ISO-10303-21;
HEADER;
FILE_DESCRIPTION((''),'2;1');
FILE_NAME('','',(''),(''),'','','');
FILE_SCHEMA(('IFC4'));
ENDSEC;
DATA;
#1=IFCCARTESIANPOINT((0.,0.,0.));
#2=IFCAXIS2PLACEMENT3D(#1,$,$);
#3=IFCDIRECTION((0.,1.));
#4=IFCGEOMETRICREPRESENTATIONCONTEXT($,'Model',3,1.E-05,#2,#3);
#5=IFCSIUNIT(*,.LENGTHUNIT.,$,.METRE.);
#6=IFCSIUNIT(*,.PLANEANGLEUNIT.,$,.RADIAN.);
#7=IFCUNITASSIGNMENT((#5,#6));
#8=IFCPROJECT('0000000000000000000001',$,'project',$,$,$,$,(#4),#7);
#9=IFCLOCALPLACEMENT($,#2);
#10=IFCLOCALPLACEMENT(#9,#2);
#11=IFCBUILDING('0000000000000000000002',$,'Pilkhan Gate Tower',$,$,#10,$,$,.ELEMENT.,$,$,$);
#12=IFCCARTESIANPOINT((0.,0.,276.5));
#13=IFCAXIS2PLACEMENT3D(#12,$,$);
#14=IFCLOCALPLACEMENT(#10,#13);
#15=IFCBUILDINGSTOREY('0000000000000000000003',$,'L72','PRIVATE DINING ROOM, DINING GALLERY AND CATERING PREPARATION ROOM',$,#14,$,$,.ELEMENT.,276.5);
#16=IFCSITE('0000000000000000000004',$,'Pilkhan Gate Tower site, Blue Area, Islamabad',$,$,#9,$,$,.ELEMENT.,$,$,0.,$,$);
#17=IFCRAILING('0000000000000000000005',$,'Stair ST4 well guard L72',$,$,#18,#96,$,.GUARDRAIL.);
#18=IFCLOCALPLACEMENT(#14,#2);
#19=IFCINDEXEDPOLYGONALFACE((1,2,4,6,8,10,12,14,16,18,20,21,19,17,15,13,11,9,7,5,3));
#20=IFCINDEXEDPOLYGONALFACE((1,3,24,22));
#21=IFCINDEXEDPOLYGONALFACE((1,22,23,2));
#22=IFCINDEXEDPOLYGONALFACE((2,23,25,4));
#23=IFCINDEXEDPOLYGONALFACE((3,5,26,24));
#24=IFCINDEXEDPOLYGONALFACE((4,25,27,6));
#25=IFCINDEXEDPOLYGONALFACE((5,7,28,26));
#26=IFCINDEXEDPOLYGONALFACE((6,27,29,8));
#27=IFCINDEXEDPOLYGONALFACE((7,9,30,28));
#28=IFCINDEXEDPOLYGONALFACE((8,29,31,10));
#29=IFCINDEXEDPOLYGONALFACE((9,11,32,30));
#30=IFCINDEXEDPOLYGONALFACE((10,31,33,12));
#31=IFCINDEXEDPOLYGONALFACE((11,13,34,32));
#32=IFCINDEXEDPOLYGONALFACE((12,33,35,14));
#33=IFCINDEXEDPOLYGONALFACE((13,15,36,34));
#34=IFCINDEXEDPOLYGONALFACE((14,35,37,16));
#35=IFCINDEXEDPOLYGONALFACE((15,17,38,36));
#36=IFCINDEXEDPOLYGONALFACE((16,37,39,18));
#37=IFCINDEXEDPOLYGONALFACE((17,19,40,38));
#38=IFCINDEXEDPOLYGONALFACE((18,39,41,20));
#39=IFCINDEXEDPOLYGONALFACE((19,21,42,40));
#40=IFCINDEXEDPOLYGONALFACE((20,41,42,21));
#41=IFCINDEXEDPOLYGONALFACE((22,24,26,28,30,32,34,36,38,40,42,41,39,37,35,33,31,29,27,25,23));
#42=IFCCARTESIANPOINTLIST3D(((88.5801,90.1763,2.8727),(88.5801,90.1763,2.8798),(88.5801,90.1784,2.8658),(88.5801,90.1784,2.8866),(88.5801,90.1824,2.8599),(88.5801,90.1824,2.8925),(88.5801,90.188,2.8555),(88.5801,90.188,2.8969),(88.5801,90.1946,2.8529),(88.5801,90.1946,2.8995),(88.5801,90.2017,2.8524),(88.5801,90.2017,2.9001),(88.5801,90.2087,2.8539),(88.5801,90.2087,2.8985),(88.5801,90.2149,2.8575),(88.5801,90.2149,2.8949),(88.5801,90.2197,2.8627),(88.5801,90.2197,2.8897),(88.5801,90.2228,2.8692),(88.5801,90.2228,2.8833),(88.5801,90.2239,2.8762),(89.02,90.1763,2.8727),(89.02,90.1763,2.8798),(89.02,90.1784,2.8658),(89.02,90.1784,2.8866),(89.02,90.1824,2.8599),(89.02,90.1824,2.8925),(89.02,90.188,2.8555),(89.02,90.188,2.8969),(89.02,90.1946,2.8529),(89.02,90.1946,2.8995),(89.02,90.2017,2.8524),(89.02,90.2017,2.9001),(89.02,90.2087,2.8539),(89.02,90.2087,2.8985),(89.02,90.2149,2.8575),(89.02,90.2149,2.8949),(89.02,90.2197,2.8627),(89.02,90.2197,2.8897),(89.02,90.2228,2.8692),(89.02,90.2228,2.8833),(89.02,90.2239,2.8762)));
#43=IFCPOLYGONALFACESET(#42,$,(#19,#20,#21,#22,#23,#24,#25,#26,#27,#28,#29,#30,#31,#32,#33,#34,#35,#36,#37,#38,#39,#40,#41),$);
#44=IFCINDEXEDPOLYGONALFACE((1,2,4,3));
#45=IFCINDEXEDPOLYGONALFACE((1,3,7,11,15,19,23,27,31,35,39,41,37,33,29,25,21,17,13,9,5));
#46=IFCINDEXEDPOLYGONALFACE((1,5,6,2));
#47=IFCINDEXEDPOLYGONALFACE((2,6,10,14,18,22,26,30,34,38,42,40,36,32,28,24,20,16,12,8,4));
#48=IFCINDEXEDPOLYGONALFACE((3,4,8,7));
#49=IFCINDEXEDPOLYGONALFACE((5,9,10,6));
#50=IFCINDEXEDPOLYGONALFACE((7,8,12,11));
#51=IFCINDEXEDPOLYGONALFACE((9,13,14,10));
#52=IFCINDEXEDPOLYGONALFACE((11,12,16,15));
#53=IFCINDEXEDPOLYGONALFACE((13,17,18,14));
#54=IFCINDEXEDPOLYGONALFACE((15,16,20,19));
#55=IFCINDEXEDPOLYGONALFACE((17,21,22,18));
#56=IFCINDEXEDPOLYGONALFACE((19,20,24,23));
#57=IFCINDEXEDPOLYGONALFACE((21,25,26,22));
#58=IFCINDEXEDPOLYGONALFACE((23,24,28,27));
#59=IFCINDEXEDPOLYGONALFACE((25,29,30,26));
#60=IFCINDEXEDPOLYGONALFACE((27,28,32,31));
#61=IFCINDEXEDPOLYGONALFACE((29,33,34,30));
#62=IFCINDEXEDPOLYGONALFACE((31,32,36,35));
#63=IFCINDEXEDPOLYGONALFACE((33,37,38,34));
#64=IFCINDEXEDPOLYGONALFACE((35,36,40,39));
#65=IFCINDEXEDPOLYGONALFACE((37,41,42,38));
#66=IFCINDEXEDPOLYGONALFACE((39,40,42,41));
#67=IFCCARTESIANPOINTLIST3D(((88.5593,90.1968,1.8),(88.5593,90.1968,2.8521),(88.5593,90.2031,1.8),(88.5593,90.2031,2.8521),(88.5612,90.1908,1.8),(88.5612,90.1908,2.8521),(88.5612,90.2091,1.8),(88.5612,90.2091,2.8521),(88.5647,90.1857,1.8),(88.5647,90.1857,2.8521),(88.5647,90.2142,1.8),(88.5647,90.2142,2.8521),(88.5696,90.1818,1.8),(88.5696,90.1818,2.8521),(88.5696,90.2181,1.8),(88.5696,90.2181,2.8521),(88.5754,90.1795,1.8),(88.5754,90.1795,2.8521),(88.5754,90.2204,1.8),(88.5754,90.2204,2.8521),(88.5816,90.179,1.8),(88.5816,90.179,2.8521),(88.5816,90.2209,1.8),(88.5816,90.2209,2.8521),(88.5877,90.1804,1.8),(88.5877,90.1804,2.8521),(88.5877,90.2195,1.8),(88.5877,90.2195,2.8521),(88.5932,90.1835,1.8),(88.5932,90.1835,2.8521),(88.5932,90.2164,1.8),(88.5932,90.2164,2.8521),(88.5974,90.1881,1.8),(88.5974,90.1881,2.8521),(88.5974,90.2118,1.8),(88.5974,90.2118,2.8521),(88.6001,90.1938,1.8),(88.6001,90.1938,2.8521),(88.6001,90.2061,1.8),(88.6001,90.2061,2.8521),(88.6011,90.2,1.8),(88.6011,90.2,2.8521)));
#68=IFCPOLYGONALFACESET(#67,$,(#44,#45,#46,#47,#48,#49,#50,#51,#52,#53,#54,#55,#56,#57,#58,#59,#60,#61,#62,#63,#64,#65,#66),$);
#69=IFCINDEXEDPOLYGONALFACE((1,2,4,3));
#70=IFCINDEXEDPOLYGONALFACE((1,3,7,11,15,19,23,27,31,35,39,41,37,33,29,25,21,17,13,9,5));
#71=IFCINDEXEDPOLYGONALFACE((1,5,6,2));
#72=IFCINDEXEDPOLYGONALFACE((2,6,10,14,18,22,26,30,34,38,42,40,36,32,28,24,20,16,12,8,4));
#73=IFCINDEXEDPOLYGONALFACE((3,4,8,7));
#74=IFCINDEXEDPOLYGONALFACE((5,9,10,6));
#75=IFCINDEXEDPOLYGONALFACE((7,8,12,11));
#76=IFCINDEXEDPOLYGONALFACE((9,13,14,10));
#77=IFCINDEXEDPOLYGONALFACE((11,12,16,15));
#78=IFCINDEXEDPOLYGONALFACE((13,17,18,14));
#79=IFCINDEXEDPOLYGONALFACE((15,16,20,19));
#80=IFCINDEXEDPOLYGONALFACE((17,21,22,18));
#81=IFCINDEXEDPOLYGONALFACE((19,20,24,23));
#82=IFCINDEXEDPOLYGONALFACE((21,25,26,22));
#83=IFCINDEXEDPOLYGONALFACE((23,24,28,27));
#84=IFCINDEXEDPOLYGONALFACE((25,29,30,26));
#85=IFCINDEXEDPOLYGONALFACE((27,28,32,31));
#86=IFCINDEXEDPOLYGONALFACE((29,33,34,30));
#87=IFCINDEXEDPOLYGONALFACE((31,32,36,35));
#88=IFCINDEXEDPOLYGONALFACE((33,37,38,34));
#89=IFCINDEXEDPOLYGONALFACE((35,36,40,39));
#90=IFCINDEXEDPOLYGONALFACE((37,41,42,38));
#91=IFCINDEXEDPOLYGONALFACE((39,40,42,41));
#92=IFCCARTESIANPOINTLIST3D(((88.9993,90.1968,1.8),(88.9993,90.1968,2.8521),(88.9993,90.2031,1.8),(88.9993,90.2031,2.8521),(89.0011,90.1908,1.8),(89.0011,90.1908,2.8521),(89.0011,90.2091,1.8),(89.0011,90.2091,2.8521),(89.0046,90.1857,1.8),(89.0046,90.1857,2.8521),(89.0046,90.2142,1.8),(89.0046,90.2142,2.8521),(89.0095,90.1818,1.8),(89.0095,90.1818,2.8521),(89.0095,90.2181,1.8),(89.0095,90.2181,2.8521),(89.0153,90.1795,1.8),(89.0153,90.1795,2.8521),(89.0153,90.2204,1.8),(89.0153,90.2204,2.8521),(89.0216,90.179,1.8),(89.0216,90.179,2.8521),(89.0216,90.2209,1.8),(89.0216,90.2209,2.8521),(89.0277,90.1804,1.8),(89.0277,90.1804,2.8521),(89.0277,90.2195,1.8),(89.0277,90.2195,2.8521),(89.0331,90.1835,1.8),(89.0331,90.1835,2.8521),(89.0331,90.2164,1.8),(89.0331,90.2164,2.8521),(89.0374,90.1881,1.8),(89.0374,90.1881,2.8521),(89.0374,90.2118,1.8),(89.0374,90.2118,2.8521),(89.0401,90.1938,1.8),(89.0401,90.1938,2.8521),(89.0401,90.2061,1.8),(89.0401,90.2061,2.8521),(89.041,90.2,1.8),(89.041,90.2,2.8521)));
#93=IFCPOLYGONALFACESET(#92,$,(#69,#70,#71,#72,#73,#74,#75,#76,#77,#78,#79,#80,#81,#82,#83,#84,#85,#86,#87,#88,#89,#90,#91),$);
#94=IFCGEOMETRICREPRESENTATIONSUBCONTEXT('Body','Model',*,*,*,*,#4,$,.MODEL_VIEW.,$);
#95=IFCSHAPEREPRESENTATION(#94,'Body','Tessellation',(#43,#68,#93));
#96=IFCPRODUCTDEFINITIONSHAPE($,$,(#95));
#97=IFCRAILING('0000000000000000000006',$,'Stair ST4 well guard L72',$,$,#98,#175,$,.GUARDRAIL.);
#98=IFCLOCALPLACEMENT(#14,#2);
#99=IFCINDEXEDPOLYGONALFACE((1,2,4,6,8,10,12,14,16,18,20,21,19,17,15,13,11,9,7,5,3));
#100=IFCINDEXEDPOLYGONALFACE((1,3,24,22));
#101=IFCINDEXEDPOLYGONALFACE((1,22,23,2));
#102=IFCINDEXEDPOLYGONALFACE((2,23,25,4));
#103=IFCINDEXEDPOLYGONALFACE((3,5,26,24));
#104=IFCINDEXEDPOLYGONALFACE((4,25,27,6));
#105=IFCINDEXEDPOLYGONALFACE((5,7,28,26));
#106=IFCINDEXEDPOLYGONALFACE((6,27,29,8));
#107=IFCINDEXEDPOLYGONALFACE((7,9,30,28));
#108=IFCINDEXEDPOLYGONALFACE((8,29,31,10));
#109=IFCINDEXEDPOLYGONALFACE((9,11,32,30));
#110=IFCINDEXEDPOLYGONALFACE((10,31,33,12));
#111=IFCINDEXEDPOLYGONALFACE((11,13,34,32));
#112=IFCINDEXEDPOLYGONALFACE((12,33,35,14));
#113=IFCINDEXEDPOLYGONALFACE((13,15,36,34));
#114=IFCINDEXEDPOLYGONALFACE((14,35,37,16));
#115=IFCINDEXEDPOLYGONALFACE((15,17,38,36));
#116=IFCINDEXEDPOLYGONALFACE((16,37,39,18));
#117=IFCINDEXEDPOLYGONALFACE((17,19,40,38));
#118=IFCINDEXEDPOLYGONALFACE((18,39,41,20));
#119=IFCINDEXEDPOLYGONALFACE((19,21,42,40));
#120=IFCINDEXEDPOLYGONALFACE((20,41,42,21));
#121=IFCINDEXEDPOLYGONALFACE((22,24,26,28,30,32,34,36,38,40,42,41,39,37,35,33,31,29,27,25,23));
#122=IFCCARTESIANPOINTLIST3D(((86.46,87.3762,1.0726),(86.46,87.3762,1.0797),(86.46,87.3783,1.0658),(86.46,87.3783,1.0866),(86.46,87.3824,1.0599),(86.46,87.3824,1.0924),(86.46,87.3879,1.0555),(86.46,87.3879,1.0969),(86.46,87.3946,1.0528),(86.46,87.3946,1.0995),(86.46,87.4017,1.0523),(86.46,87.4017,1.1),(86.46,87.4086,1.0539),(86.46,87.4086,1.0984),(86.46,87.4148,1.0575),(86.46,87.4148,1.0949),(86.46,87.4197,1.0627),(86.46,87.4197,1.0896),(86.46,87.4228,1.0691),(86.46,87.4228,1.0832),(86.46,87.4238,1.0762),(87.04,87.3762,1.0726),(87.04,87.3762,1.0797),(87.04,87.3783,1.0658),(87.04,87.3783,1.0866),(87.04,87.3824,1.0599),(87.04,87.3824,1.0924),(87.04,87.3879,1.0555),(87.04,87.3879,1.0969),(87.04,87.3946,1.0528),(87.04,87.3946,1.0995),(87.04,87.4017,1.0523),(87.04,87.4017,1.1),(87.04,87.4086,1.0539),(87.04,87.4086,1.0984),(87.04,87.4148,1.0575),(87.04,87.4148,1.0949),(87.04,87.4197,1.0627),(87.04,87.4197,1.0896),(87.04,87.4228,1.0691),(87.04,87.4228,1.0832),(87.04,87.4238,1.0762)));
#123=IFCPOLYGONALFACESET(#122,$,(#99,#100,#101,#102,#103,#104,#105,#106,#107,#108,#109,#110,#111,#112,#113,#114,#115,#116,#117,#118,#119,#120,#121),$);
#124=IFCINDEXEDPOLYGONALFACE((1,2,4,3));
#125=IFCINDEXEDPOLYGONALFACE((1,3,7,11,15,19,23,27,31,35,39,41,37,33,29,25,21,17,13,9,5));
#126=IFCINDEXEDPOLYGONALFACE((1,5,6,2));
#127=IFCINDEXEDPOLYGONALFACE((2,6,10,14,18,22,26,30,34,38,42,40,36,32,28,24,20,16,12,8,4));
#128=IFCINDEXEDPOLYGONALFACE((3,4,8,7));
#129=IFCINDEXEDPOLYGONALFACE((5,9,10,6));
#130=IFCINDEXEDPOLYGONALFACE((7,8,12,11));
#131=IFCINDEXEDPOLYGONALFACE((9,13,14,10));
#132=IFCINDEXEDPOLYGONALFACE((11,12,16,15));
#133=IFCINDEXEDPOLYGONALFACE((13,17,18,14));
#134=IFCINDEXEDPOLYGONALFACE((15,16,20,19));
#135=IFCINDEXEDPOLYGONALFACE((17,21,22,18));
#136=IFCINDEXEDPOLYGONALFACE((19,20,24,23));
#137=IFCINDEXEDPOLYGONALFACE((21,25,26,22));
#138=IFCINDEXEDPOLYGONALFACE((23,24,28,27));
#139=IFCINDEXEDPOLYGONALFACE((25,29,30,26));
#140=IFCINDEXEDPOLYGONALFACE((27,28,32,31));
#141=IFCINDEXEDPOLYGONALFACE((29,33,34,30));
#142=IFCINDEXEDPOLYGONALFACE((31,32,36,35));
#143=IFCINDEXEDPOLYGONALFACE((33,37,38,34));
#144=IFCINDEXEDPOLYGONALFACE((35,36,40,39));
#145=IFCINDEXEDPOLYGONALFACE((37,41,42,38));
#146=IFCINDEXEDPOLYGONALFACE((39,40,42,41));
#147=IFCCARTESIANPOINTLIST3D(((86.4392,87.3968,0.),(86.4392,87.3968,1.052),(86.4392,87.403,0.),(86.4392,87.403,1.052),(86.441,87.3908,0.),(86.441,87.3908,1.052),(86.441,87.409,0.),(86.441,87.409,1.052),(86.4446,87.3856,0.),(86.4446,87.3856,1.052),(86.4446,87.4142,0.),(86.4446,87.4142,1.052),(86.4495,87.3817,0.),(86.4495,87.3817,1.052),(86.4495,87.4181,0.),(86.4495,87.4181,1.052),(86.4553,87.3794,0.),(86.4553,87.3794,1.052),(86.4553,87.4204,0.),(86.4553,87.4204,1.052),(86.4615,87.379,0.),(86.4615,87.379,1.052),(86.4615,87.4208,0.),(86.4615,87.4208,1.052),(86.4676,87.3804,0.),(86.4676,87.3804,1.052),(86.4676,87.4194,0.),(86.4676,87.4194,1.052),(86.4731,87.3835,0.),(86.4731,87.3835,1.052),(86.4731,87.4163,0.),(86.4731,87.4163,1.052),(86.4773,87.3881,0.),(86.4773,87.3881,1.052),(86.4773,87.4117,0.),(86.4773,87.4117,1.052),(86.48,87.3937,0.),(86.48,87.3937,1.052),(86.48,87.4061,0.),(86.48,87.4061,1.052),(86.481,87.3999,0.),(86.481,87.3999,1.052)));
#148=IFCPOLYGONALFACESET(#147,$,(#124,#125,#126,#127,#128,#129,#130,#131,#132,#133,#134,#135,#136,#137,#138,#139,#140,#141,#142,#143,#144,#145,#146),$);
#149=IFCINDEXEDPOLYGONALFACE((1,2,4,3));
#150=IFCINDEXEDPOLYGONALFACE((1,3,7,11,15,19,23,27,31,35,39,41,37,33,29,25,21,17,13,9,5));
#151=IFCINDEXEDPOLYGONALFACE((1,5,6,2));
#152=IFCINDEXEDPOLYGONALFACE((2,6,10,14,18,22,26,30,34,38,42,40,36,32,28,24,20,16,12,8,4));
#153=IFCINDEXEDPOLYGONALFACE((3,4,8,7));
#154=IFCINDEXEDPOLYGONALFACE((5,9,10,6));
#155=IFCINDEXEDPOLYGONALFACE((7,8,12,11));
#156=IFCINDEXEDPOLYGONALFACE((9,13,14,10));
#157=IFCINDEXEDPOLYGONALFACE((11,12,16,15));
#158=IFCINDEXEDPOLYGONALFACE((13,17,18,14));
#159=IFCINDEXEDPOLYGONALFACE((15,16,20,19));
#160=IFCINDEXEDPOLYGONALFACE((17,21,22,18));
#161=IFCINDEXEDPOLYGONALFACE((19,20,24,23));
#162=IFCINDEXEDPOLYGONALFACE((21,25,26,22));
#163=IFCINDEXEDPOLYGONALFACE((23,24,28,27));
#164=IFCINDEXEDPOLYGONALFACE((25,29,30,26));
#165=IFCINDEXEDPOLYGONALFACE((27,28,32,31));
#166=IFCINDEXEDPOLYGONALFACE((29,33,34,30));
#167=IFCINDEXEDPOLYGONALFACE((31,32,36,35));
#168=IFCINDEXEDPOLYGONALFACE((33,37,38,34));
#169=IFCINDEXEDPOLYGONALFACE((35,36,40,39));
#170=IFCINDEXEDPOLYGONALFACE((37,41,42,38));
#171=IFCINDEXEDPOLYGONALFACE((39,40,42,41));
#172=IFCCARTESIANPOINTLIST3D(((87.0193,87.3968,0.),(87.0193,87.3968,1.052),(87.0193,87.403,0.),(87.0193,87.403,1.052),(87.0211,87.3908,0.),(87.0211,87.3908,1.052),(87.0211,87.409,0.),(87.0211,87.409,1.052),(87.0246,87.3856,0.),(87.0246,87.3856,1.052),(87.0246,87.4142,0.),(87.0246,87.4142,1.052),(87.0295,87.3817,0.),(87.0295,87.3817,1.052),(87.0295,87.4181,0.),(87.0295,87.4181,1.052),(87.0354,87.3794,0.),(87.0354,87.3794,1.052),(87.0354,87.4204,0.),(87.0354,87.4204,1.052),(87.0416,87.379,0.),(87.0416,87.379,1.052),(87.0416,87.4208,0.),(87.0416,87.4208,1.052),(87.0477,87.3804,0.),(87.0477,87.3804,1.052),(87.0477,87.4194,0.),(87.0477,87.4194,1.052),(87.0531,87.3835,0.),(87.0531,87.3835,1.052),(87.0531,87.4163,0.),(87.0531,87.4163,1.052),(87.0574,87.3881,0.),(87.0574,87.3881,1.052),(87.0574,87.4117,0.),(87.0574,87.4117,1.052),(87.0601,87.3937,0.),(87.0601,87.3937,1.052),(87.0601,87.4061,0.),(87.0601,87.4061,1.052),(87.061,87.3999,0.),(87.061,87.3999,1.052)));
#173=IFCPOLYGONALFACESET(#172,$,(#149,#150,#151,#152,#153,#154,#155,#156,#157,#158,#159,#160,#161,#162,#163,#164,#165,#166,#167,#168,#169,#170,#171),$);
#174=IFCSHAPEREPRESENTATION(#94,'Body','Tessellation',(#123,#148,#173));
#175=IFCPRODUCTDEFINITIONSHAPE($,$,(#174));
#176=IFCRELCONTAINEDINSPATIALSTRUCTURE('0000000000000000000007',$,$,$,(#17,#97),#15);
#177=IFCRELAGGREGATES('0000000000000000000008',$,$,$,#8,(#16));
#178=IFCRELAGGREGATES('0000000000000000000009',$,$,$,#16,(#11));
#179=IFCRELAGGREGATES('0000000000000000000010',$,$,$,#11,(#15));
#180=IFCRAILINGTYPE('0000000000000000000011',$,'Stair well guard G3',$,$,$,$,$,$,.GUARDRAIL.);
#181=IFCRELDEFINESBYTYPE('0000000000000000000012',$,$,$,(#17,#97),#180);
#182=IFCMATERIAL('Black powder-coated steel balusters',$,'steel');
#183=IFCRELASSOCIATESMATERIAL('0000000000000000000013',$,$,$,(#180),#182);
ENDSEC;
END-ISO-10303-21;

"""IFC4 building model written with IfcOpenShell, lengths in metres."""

from ifc_helpers import new_model, si_unit, direction, frame, origin, origin_2d, place, context, subcontext, project, spatial, circle, extrude, material, type_object, element, save


model = new_model("IFC4")

# Units and contexts
model_context = context("Model", 3, precision=1e-05, world=origin(), true_north=direction((0.0, 1.0)))
body_context = subcontext(model_context, "Body", "Model", "MODEL_VIEW")
ifc_project = project(units=[si_unit("LENGTHUNIT", "METRE"), si_unit("PLANEANGLEUNIT", "RADIAN")], contexts=[model_context])

# Site, building, storey
site_placement = place(None, origin())
site = spatial("IfcSite", under=ifc_project, at=site_placement, Name="Pilkhan Gate Tower site, Blue Area, Islamabad", CompositionType="ELEMENT", RefElevation=0.0)
building_placement = place(site_placement, origin())
building = spatial("IfcBuilding", under=site, at=building_placement, Name="Pilkhan Gate Tower", CompositionType="ELEMENT")
storey_placement = place(building_placement, frame((0.0, 0.0, 276.5)))
storey = spatial("IfcBuildingStorey", under=building, at=storey_placement, Name="L72", Description="PRIVATE DINING ROOM, DINING GALLERY AND CATERING PREPARATION ROOM", CompositionType="ELEMENT", Elevation=276.5)

# Railings
ifc_material_1 = material(Name="Black powder-coated steel balusters", Category="steel")
railing_type_1 = type_object("IfcRailingType", Name="Stair well guard G3", PredefinedType="GUARDRAIL", material=ifc_material_1)
railing_1_placement = place(storey_placement, frame((88.5801, 90.2, 1.8)))
element("IfcRailing", 1, at=railing_1_placement, inside=storey, type_object=railing_type_1, Name="Stair ST4 well guard L72", PredefinedType="GUARDRAIL", context=body_context, shape_type="SweptSolid", body=[
    extrude(circle(Radius=0.0239, at=origin_2d()), frame((0.0, 0.0, 1.0762), z_axis=(1.0, 0.0, 0.0), x_axis=(0.0, 1.0, 0.0)), (0.0, 0.0, 1.0), 0.4399),
    extrude(circle(Radius=0.021, at=origin_2d()), origin(), (0.0, 0.0, 1.0), 1.052),
    extrude(circle(Radius=0.021, at=origin_2d()), frame((0.4399, 0.0, 0.0)), (0.0, 0.0, 1.0), 1.052),
])
for number, where, name in (
    (2, (86.46, 87.3999, 0.0), "Stair ST4 well guard L72"),
):
    element("IfcRailing", number, at=place(storey_placement, frame(where)), inside=storey, type_object=railing_type_1, Name=name, PredefinedType="GUARDRAIL", context=body_context, shape_type="SweptSolid", body=[
        extrude(circle(Radius=0.0239, at=origin_2d()), frame((0.0, 0.0, 1.0762), z_axis=(1.0, 0.0, 0.0), x_axis=(0.0, 1.0, 0.0)), (0.0, 0.0, 1.0), 0.5801),
        extrude(circle(Radius=0.021, at=origin_2d()), origin(), (0.0, 0.0, 1.0), 1.052),
        extrude(circle(Radius=0.021, at=origin_2d()), frame((0.5801, 0.0, 0.0)), (0.0, 0.0, 1.0), 1.052),
    ])

save(model, "model.ifc")
